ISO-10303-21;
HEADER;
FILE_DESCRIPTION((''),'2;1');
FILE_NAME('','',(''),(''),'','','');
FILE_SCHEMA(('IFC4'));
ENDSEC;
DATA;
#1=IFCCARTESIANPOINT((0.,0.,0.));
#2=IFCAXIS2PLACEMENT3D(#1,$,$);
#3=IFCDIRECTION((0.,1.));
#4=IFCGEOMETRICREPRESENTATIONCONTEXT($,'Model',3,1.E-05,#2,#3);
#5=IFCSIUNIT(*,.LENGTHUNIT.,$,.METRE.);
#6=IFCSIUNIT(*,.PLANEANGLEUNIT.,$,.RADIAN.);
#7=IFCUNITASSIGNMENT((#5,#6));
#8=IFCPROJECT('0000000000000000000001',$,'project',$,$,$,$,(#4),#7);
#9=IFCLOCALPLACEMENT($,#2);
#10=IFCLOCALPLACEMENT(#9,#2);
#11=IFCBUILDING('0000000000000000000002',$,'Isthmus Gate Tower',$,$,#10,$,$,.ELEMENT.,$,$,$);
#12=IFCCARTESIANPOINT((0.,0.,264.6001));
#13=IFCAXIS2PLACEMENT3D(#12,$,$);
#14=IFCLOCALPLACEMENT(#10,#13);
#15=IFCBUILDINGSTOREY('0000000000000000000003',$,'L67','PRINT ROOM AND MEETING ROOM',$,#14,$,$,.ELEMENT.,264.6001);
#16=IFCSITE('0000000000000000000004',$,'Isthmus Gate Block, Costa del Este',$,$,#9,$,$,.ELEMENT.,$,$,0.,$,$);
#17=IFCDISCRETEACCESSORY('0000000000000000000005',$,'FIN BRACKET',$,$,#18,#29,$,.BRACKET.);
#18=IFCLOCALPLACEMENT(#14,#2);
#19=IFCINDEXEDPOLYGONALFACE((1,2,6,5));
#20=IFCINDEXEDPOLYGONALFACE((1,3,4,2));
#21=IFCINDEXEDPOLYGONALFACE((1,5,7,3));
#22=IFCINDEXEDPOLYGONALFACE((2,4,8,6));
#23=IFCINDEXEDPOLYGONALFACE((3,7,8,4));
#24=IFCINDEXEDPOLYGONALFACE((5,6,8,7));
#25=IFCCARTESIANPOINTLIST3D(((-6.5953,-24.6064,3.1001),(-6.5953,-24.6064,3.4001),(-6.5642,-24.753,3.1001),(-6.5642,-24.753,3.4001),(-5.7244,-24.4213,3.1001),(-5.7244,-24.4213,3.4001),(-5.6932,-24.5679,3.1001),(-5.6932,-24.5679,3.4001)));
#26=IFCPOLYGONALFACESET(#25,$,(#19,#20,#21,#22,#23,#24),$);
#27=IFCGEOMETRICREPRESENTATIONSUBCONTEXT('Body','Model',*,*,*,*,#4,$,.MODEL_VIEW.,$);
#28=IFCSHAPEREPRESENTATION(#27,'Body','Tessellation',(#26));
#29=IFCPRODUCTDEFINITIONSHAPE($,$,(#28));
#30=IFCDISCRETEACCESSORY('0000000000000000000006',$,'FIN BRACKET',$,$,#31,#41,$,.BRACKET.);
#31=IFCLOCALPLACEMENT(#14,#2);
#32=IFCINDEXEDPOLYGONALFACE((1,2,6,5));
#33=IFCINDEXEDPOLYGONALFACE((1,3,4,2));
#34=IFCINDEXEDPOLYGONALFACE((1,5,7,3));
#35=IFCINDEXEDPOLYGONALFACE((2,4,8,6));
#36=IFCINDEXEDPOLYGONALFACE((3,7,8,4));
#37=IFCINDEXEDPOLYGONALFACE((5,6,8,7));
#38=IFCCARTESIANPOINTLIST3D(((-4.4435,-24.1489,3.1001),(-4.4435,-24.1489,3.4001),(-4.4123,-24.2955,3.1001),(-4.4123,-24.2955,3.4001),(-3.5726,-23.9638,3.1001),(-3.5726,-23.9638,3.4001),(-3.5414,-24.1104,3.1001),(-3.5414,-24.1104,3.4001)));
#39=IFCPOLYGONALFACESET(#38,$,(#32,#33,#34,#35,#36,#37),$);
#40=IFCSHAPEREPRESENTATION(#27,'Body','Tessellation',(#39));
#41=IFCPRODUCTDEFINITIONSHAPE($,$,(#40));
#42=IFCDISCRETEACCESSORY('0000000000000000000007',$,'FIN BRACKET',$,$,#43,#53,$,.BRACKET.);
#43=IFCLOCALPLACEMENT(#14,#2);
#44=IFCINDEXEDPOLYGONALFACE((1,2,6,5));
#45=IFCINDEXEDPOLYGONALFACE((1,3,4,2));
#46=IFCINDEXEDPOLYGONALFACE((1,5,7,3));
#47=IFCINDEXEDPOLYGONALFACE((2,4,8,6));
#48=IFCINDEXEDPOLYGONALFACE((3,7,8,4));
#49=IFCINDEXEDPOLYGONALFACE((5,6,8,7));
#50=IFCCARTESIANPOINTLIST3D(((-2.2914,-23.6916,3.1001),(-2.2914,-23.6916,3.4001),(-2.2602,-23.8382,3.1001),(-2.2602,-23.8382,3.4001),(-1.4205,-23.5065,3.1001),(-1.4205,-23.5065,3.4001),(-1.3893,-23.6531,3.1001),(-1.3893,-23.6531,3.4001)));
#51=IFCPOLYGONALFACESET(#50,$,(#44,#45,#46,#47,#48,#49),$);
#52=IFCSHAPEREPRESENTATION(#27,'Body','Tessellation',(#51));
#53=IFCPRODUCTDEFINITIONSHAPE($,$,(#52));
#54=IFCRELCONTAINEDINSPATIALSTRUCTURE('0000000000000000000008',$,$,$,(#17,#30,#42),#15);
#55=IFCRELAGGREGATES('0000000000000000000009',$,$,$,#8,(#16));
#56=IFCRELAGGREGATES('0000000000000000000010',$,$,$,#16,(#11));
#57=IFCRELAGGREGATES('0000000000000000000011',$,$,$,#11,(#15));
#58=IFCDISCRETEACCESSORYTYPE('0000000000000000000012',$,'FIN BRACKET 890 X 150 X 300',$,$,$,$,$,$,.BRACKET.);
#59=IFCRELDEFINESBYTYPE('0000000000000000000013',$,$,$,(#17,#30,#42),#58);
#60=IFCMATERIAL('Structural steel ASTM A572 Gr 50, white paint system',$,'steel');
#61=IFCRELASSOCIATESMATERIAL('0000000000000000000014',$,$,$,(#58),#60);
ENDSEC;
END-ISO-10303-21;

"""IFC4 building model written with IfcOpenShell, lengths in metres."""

from ifc_helpers import new_model, si_unit, direction, frame, origin, origin_2d, place, context, subcontext, project, spatial, rectangle, extrude, material, type_object, element, save


model = new_model("IFC4")

# Units and contexts
model_context = context("Model", 3, precision=1e-05, world=origin(), true_north=direction((0.0, 1.0)))
body_context = subcontext(model_context, "Body", "Model", "MODEL_VIEW")
ifc_project = project(units=[si_unit("LENGTHUNIT", "METRE"), si_unit("PLANEANGLEUNIT", "RADIAN")], contexts=[model_context])

# Site, building, storey
site_placement = place(None, origin())
site = spatial("IfcSite", under=ifc_project, at=site_placement, Name="Isthmus Gate Block, Costa del Este", CompositionType="ELEMENT", RefElevation=0.0)
building_placement = place(site_placement, origin())
building = spatial("IfcBuilding", under=site, at=building_placement, Name="Isthmus Gate Tower", CompositionType="ELEMENT")
storey_placement = place(building_placement, frame((0.0, 0.0, 264.6001)))
storey = spatial("IfcBuildingStorey", under=building, at=storey_placement, Name="L67", Description="PRINT ROOM AND MEETING ROOM", CompositionType="ELEMENT", Elevation=264.6001)

# Discrete accessories
ifc_material_1 = material(Name="Structural steel ASTM A572 Gr 50, white paint system", Category="steel")
discrete_accessory_type = type_object("IfcDiscreteAccessoryType", Name="FIN BRACKET 890 X 150 X 300", PredefinedType="BRACKET", material=ifc_material_1)
for number, where, z_axis, x_axis, name in (
    (1, (-6.1443, -24.5872, 3.1001), (0.0, 0.0, 1.0), (0.207912, -0.978148, 0.0), "FIN BRACKET"),
    (2, (-3.9924, -24.1296, 3.1001), (0.0, 0.0, 1.0), (0.207912, -0.978148, 0.0), "FIN BRACKET"),
    (3, (-1.8403, -23.6724, 3.1001), (0.0, 0.0, 1.0), (0.207912, -0.978148, 0.0), "FIN BRACKET"),
):
    element("IfcDiscreteAccessory", number, at=place(storey_placement, frame(where, z_axis=z_axis, x_axis=x_axis)), inside=storey, type_object=discrete_accessory_type, Name=name, PredefinedType="BRACKET", context=body_context, shape_type="SweptSolid", body=[
        extrude(rectangle(XDim=0.1499, YDim=0.8904, at=origin_2d()), origin(), (0.0, 0.0, 1.0), 0.3),
    ])

save(model, "model.ifc")
